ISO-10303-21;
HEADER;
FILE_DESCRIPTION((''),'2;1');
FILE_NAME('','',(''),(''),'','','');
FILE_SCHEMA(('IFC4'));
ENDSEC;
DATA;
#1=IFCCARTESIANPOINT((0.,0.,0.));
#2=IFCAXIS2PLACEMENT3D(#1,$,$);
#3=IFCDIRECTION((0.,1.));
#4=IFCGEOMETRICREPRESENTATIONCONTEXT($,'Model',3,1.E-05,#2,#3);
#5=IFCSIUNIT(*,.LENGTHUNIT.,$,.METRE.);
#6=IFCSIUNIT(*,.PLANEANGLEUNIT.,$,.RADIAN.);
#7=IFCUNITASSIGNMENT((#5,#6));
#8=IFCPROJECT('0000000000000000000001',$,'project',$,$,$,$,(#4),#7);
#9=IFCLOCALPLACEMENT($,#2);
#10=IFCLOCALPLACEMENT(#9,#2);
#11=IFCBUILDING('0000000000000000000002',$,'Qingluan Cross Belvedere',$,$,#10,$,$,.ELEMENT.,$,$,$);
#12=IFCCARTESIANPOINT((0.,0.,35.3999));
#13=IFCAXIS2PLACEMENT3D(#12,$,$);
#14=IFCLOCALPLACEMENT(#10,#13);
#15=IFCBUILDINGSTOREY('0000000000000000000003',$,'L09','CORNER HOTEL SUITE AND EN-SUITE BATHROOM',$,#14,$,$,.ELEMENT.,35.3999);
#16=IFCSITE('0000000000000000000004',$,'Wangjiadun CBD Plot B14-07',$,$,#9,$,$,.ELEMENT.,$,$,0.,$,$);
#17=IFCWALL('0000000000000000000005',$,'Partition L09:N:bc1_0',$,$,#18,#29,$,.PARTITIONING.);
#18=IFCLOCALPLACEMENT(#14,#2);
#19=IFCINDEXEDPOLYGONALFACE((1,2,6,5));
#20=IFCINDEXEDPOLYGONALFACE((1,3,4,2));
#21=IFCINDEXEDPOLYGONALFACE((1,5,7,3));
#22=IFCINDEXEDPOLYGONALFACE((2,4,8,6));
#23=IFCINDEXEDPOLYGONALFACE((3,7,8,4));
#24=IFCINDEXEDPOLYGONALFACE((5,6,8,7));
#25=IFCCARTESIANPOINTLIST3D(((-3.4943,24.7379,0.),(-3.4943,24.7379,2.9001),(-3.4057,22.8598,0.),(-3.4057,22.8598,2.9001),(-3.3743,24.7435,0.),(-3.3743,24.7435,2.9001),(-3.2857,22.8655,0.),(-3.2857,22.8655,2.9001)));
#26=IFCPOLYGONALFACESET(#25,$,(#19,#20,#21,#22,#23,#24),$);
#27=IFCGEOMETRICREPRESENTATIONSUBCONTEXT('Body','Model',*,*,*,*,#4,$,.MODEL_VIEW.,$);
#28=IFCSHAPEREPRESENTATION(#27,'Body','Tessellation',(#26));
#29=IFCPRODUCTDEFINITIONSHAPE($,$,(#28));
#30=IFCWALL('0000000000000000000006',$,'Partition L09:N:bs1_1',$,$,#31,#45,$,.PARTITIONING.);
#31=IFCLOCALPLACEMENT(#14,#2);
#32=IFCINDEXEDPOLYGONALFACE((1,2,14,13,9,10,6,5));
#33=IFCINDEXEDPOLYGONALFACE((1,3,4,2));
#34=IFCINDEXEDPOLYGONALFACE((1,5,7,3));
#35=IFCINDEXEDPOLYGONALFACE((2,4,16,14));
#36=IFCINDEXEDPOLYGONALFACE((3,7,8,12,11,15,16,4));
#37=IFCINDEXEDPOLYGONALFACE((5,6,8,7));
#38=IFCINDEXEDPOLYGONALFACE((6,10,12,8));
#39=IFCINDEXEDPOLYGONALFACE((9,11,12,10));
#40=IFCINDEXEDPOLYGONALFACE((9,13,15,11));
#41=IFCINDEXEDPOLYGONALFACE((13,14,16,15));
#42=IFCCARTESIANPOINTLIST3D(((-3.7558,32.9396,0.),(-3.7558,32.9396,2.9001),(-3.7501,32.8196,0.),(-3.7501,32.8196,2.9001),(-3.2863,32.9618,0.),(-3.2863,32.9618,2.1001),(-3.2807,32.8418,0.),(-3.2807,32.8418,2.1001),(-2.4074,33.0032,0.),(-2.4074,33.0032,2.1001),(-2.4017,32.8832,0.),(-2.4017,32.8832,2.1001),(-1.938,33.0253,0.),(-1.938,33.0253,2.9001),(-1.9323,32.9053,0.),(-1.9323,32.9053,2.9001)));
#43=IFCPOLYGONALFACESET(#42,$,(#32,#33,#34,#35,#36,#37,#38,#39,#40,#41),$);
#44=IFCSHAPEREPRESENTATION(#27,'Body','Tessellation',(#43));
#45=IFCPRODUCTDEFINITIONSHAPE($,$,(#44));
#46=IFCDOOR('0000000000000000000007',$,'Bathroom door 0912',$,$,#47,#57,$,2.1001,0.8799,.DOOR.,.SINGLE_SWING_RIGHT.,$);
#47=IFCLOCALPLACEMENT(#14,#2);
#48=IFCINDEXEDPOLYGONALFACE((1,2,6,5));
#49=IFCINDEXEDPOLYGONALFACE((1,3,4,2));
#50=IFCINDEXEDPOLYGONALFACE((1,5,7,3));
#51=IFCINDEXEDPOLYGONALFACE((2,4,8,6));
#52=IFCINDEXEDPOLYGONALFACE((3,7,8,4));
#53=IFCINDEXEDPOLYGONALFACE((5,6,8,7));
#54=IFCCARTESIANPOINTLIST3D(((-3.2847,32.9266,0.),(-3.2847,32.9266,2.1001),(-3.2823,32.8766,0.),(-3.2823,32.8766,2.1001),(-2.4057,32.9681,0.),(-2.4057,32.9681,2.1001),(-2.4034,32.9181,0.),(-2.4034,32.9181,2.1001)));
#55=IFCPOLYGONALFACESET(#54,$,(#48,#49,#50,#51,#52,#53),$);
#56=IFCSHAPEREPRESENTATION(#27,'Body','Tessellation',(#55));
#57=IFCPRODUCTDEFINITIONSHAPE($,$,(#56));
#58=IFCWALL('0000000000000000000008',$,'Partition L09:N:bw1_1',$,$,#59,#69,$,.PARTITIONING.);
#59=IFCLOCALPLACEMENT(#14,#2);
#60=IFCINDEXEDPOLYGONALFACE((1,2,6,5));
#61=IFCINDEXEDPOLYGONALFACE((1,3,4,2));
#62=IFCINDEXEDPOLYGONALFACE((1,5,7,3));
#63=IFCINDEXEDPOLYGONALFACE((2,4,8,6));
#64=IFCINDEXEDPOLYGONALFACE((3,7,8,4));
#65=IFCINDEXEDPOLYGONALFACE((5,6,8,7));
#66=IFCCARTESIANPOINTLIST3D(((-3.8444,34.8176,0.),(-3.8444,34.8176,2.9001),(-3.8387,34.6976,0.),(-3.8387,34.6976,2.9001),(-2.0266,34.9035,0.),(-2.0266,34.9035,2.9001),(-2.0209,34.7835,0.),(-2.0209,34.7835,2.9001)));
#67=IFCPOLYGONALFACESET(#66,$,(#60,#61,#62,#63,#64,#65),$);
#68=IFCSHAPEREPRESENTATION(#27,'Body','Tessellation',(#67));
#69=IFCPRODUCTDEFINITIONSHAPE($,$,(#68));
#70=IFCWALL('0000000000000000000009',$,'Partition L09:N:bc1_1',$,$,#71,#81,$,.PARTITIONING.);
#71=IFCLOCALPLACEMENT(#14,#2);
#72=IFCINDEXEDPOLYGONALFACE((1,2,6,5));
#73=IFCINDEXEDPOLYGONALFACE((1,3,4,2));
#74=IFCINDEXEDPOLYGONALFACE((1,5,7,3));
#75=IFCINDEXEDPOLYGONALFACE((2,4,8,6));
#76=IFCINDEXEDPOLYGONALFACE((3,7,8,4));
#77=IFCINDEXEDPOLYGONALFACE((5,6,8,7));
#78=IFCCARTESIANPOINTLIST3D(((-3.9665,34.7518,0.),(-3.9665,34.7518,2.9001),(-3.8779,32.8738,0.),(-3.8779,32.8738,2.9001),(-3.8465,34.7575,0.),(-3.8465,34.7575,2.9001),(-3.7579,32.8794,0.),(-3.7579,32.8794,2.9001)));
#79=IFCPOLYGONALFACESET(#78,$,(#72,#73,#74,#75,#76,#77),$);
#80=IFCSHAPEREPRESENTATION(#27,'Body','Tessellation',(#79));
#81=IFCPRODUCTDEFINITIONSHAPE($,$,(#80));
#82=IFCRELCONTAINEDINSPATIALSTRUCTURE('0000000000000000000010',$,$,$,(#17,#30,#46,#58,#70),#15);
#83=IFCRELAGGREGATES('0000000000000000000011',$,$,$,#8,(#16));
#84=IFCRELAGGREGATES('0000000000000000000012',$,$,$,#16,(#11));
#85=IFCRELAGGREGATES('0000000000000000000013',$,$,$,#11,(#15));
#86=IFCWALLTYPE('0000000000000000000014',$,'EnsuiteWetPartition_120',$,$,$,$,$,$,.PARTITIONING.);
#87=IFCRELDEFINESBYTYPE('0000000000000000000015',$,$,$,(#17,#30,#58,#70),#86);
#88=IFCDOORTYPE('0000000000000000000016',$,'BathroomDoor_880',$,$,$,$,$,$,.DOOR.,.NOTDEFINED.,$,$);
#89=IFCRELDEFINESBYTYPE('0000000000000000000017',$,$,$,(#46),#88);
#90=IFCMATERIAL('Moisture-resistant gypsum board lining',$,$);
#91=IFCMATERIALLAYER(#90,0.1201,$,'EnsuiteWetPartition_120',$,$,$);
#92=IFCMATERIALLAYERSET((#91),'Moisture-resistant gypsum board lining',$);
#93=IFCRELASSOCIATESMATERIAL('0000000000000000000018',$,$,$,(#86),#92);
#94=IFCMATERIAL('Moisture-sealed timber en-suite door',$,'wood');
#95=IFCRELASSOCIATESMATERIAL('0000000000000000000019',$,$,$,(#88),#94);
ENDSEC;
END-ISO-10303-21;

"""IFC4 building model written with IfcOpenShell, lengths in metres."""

from ifc_helpers import new_model, si_unit, direction, frame, frame_2d, origin, place, context, subcontext, project, spatial, rectangle, extrude, material, layer, layer_set, type_object, element, fill, save


model = new_model("IFC4")

# Units and contexts
model_context = context("Model", 3, precision=1e-05, world=origin(), true_north=direction((0.0, 1.0)))
body_context = subcontext(model_context, "Body", "Model", "MODEL_VIEW")
ifc_project = project(units=[si_unit("LENGTHUNIT", "METRE"), si_unit("PLANEANGLEUNIT", "RADIAN")], contexts=[model_context])

# Site, building, storey
site_placement = place(None, origin())
site = spatial("IfcSite", under=ifc_project, at=site_placement, Name="Wangjiadun CBD Plot B14-07", CompositionType="ELEMENT", RefElevation=0.0)
building_placement = place(site_placement, origin())
building = spatial("IfcBuilding", under=site, at=building_placement, Name="Qingluan Cross Belvedere", CompositionType="ELEMENT")
storey_placement = place(building_placement, frame((0.0, 0.0, 35.3999)))
storey = spatial("IfcBuildingStorey", under=building, at=storey_placement, Name="L09", Description="CORNER HOTEL SUITE AND EN-SUITE BATHROOM", CompositionType="ELEMENT", Elevation=35.3999)

# Shared definitions
ifc_material_1 = material(Name="Moisture-resistant gypsum board lining")
ifc_layer_1 = layer(ifc_material_1, 0.1201, Name="EnsuiteWetPartition_120")
ifc_layer_set_1 = layer_set([ifc_layer_1], Name="Moisture-resistant gypsum board lining")
wall_type_1 = type_object("IfcWallType", Name="EnsuiteWetPartition_120", PredefinedType="PARTITIONING", material=ifc_layer_set_1)
ifc_material_2 = material(Name="Moisture-sealed timber en-suite door", Category="wood")
door_type_1 = type_object("IfcDoorType", Name="BathroomDoor_880", OperationType="NOTDEFINED", PredefinedType="DOOR", material=ifc_material_2)

# Wall
wall_1_placement = place(storey_placement, frame((-3.3457, 22.8628, 0.0), z_axis=(0.0, 0.0, 1.0), x_axis=(-0.047139, 0.998888, 0.0)))
element("IfcWall", 1, at=wall_1_placement, inside=storey, type_object=wall_type_1, Name="Partition L09:N:bc1_0", PredefinedType="PARTITIONING", context=body_context, shape_type="SweptSolid", body=[
    extrude(rectangle(XDim=1.8801, YDim=0.1201, at=frame_2d((0.9399, 0.0))), origin(), (0.0, 0.0, 1.0), 2.9001),
])

# Wall, opening, door
wall_2_placement = place(storey_placement, frame((-3.7529, 32.8796, 0.0), z_axis=(0.0, 0.0, 1.0), x_axis=(0.998891, 0.047087, 0.0)))
wall_2 = element("IfcWall", 2, at=wall_2_placement, inside=storey, type_object=wall_type_1, Name="Partition L09:N:bs1_1", PredefinedType="PARTITIONING", context=body_context, shape_type="SweptSolid", body=[
    extrude(rectangle(XDim=1.8198, YDim=0.1201, at=frame_2d((0.9099, 0.0))), origin(), (0.0, 0.0, 1.0), 2.9001),
])
opening_1_placement = place(wall_2_placement, frame((0.47, 0.0, 0.0)))
opening_1 = element("IfcOpeningElement", 3, at=opening_1_placement, cuts=wall_2, PredefinedType="OPENING", context=body_context, shape_type="SweptSolid", body=[
    extrude(rectangle(XDim=0.8799, YDim=2.1001, at=frame_2d((0.4399, 1.05))), frame((0.0, 0.0701, 0.0), z_axis=(0.0, -1.0, 0.0), x_axis=(1.0, 0.0, 0.0)), (0.0, 0.0, 1.0), 0.1401),
])
door_1_placement = place(opening_1_placement, origin())
door_1 = element("IfcDoor", 4, at=door_1_placement, inside=storey, type_object=door_type_1, Name="Bathroom door 0912", OperationType="SINGLE_SWING_RIGHT", OverallHeight=2.1001, OverallWidth=0.8799, PredefinedType="DOOR", context=body_context, shape_type="SweptSolid", body=[
    extrude(rectangle(XDim=0.8799, YDim=2.1001, at=frame_2d((0.4399, 1.05))), frame((0.0, 0.0249, 0.0), z_axis=(0.0, -1.0, 0.0), x_axis=(1.0, 0.0, 0.0)), (0.0, 0.0, 1.0), 0.05),
])
fill(opening_1, door_1)

# Walls
wall_3_placement = place(storey_placement, frame((-3.8416, 34.7576, 0.0), z_axis=(0.0, 0.0, 1.0), x_axis=(0.998884, 0.047221, 0.0)))
element("IfcWall", 5, at=wall_3_placement, inside=storey, type_object=wall_type_1, Name="Partition L09:N:bw1_1", PredefinedType="PARTITIONING", context=body_context, shape_type="SweptSolid", body=[
    extrude(rectangle(XDim=1.8198, YDim=0.1201, at=frame_2d((0.9099, 0.0))), origin(), (0.0, 0.0, 1.0), 2.9001),
])
wall_4_placement = place(storey_placement, frame((-3.8179, 32.8767, 0.0), z_axis=(0.0, 0.0, 1.0), x_axis=(-0.047139, 0.998888, 0.0)))
element("IfcWall", 6, at=wall_4_placement, inside=storey, type_object=wall_type_1, Name="Partition L09:N:bc1_1", PredefinedType="PARTITIONING", context=body_context, shape_type="SweptSolid", body=[
    extrude(rectangle(XDim=1.8801, YDim=0.1201, at=frame_2d((0.9399, 0.0))), origin(), (0.0, 0.0, 1.0), 2.9001),
])

save(model, "model.ifc")
